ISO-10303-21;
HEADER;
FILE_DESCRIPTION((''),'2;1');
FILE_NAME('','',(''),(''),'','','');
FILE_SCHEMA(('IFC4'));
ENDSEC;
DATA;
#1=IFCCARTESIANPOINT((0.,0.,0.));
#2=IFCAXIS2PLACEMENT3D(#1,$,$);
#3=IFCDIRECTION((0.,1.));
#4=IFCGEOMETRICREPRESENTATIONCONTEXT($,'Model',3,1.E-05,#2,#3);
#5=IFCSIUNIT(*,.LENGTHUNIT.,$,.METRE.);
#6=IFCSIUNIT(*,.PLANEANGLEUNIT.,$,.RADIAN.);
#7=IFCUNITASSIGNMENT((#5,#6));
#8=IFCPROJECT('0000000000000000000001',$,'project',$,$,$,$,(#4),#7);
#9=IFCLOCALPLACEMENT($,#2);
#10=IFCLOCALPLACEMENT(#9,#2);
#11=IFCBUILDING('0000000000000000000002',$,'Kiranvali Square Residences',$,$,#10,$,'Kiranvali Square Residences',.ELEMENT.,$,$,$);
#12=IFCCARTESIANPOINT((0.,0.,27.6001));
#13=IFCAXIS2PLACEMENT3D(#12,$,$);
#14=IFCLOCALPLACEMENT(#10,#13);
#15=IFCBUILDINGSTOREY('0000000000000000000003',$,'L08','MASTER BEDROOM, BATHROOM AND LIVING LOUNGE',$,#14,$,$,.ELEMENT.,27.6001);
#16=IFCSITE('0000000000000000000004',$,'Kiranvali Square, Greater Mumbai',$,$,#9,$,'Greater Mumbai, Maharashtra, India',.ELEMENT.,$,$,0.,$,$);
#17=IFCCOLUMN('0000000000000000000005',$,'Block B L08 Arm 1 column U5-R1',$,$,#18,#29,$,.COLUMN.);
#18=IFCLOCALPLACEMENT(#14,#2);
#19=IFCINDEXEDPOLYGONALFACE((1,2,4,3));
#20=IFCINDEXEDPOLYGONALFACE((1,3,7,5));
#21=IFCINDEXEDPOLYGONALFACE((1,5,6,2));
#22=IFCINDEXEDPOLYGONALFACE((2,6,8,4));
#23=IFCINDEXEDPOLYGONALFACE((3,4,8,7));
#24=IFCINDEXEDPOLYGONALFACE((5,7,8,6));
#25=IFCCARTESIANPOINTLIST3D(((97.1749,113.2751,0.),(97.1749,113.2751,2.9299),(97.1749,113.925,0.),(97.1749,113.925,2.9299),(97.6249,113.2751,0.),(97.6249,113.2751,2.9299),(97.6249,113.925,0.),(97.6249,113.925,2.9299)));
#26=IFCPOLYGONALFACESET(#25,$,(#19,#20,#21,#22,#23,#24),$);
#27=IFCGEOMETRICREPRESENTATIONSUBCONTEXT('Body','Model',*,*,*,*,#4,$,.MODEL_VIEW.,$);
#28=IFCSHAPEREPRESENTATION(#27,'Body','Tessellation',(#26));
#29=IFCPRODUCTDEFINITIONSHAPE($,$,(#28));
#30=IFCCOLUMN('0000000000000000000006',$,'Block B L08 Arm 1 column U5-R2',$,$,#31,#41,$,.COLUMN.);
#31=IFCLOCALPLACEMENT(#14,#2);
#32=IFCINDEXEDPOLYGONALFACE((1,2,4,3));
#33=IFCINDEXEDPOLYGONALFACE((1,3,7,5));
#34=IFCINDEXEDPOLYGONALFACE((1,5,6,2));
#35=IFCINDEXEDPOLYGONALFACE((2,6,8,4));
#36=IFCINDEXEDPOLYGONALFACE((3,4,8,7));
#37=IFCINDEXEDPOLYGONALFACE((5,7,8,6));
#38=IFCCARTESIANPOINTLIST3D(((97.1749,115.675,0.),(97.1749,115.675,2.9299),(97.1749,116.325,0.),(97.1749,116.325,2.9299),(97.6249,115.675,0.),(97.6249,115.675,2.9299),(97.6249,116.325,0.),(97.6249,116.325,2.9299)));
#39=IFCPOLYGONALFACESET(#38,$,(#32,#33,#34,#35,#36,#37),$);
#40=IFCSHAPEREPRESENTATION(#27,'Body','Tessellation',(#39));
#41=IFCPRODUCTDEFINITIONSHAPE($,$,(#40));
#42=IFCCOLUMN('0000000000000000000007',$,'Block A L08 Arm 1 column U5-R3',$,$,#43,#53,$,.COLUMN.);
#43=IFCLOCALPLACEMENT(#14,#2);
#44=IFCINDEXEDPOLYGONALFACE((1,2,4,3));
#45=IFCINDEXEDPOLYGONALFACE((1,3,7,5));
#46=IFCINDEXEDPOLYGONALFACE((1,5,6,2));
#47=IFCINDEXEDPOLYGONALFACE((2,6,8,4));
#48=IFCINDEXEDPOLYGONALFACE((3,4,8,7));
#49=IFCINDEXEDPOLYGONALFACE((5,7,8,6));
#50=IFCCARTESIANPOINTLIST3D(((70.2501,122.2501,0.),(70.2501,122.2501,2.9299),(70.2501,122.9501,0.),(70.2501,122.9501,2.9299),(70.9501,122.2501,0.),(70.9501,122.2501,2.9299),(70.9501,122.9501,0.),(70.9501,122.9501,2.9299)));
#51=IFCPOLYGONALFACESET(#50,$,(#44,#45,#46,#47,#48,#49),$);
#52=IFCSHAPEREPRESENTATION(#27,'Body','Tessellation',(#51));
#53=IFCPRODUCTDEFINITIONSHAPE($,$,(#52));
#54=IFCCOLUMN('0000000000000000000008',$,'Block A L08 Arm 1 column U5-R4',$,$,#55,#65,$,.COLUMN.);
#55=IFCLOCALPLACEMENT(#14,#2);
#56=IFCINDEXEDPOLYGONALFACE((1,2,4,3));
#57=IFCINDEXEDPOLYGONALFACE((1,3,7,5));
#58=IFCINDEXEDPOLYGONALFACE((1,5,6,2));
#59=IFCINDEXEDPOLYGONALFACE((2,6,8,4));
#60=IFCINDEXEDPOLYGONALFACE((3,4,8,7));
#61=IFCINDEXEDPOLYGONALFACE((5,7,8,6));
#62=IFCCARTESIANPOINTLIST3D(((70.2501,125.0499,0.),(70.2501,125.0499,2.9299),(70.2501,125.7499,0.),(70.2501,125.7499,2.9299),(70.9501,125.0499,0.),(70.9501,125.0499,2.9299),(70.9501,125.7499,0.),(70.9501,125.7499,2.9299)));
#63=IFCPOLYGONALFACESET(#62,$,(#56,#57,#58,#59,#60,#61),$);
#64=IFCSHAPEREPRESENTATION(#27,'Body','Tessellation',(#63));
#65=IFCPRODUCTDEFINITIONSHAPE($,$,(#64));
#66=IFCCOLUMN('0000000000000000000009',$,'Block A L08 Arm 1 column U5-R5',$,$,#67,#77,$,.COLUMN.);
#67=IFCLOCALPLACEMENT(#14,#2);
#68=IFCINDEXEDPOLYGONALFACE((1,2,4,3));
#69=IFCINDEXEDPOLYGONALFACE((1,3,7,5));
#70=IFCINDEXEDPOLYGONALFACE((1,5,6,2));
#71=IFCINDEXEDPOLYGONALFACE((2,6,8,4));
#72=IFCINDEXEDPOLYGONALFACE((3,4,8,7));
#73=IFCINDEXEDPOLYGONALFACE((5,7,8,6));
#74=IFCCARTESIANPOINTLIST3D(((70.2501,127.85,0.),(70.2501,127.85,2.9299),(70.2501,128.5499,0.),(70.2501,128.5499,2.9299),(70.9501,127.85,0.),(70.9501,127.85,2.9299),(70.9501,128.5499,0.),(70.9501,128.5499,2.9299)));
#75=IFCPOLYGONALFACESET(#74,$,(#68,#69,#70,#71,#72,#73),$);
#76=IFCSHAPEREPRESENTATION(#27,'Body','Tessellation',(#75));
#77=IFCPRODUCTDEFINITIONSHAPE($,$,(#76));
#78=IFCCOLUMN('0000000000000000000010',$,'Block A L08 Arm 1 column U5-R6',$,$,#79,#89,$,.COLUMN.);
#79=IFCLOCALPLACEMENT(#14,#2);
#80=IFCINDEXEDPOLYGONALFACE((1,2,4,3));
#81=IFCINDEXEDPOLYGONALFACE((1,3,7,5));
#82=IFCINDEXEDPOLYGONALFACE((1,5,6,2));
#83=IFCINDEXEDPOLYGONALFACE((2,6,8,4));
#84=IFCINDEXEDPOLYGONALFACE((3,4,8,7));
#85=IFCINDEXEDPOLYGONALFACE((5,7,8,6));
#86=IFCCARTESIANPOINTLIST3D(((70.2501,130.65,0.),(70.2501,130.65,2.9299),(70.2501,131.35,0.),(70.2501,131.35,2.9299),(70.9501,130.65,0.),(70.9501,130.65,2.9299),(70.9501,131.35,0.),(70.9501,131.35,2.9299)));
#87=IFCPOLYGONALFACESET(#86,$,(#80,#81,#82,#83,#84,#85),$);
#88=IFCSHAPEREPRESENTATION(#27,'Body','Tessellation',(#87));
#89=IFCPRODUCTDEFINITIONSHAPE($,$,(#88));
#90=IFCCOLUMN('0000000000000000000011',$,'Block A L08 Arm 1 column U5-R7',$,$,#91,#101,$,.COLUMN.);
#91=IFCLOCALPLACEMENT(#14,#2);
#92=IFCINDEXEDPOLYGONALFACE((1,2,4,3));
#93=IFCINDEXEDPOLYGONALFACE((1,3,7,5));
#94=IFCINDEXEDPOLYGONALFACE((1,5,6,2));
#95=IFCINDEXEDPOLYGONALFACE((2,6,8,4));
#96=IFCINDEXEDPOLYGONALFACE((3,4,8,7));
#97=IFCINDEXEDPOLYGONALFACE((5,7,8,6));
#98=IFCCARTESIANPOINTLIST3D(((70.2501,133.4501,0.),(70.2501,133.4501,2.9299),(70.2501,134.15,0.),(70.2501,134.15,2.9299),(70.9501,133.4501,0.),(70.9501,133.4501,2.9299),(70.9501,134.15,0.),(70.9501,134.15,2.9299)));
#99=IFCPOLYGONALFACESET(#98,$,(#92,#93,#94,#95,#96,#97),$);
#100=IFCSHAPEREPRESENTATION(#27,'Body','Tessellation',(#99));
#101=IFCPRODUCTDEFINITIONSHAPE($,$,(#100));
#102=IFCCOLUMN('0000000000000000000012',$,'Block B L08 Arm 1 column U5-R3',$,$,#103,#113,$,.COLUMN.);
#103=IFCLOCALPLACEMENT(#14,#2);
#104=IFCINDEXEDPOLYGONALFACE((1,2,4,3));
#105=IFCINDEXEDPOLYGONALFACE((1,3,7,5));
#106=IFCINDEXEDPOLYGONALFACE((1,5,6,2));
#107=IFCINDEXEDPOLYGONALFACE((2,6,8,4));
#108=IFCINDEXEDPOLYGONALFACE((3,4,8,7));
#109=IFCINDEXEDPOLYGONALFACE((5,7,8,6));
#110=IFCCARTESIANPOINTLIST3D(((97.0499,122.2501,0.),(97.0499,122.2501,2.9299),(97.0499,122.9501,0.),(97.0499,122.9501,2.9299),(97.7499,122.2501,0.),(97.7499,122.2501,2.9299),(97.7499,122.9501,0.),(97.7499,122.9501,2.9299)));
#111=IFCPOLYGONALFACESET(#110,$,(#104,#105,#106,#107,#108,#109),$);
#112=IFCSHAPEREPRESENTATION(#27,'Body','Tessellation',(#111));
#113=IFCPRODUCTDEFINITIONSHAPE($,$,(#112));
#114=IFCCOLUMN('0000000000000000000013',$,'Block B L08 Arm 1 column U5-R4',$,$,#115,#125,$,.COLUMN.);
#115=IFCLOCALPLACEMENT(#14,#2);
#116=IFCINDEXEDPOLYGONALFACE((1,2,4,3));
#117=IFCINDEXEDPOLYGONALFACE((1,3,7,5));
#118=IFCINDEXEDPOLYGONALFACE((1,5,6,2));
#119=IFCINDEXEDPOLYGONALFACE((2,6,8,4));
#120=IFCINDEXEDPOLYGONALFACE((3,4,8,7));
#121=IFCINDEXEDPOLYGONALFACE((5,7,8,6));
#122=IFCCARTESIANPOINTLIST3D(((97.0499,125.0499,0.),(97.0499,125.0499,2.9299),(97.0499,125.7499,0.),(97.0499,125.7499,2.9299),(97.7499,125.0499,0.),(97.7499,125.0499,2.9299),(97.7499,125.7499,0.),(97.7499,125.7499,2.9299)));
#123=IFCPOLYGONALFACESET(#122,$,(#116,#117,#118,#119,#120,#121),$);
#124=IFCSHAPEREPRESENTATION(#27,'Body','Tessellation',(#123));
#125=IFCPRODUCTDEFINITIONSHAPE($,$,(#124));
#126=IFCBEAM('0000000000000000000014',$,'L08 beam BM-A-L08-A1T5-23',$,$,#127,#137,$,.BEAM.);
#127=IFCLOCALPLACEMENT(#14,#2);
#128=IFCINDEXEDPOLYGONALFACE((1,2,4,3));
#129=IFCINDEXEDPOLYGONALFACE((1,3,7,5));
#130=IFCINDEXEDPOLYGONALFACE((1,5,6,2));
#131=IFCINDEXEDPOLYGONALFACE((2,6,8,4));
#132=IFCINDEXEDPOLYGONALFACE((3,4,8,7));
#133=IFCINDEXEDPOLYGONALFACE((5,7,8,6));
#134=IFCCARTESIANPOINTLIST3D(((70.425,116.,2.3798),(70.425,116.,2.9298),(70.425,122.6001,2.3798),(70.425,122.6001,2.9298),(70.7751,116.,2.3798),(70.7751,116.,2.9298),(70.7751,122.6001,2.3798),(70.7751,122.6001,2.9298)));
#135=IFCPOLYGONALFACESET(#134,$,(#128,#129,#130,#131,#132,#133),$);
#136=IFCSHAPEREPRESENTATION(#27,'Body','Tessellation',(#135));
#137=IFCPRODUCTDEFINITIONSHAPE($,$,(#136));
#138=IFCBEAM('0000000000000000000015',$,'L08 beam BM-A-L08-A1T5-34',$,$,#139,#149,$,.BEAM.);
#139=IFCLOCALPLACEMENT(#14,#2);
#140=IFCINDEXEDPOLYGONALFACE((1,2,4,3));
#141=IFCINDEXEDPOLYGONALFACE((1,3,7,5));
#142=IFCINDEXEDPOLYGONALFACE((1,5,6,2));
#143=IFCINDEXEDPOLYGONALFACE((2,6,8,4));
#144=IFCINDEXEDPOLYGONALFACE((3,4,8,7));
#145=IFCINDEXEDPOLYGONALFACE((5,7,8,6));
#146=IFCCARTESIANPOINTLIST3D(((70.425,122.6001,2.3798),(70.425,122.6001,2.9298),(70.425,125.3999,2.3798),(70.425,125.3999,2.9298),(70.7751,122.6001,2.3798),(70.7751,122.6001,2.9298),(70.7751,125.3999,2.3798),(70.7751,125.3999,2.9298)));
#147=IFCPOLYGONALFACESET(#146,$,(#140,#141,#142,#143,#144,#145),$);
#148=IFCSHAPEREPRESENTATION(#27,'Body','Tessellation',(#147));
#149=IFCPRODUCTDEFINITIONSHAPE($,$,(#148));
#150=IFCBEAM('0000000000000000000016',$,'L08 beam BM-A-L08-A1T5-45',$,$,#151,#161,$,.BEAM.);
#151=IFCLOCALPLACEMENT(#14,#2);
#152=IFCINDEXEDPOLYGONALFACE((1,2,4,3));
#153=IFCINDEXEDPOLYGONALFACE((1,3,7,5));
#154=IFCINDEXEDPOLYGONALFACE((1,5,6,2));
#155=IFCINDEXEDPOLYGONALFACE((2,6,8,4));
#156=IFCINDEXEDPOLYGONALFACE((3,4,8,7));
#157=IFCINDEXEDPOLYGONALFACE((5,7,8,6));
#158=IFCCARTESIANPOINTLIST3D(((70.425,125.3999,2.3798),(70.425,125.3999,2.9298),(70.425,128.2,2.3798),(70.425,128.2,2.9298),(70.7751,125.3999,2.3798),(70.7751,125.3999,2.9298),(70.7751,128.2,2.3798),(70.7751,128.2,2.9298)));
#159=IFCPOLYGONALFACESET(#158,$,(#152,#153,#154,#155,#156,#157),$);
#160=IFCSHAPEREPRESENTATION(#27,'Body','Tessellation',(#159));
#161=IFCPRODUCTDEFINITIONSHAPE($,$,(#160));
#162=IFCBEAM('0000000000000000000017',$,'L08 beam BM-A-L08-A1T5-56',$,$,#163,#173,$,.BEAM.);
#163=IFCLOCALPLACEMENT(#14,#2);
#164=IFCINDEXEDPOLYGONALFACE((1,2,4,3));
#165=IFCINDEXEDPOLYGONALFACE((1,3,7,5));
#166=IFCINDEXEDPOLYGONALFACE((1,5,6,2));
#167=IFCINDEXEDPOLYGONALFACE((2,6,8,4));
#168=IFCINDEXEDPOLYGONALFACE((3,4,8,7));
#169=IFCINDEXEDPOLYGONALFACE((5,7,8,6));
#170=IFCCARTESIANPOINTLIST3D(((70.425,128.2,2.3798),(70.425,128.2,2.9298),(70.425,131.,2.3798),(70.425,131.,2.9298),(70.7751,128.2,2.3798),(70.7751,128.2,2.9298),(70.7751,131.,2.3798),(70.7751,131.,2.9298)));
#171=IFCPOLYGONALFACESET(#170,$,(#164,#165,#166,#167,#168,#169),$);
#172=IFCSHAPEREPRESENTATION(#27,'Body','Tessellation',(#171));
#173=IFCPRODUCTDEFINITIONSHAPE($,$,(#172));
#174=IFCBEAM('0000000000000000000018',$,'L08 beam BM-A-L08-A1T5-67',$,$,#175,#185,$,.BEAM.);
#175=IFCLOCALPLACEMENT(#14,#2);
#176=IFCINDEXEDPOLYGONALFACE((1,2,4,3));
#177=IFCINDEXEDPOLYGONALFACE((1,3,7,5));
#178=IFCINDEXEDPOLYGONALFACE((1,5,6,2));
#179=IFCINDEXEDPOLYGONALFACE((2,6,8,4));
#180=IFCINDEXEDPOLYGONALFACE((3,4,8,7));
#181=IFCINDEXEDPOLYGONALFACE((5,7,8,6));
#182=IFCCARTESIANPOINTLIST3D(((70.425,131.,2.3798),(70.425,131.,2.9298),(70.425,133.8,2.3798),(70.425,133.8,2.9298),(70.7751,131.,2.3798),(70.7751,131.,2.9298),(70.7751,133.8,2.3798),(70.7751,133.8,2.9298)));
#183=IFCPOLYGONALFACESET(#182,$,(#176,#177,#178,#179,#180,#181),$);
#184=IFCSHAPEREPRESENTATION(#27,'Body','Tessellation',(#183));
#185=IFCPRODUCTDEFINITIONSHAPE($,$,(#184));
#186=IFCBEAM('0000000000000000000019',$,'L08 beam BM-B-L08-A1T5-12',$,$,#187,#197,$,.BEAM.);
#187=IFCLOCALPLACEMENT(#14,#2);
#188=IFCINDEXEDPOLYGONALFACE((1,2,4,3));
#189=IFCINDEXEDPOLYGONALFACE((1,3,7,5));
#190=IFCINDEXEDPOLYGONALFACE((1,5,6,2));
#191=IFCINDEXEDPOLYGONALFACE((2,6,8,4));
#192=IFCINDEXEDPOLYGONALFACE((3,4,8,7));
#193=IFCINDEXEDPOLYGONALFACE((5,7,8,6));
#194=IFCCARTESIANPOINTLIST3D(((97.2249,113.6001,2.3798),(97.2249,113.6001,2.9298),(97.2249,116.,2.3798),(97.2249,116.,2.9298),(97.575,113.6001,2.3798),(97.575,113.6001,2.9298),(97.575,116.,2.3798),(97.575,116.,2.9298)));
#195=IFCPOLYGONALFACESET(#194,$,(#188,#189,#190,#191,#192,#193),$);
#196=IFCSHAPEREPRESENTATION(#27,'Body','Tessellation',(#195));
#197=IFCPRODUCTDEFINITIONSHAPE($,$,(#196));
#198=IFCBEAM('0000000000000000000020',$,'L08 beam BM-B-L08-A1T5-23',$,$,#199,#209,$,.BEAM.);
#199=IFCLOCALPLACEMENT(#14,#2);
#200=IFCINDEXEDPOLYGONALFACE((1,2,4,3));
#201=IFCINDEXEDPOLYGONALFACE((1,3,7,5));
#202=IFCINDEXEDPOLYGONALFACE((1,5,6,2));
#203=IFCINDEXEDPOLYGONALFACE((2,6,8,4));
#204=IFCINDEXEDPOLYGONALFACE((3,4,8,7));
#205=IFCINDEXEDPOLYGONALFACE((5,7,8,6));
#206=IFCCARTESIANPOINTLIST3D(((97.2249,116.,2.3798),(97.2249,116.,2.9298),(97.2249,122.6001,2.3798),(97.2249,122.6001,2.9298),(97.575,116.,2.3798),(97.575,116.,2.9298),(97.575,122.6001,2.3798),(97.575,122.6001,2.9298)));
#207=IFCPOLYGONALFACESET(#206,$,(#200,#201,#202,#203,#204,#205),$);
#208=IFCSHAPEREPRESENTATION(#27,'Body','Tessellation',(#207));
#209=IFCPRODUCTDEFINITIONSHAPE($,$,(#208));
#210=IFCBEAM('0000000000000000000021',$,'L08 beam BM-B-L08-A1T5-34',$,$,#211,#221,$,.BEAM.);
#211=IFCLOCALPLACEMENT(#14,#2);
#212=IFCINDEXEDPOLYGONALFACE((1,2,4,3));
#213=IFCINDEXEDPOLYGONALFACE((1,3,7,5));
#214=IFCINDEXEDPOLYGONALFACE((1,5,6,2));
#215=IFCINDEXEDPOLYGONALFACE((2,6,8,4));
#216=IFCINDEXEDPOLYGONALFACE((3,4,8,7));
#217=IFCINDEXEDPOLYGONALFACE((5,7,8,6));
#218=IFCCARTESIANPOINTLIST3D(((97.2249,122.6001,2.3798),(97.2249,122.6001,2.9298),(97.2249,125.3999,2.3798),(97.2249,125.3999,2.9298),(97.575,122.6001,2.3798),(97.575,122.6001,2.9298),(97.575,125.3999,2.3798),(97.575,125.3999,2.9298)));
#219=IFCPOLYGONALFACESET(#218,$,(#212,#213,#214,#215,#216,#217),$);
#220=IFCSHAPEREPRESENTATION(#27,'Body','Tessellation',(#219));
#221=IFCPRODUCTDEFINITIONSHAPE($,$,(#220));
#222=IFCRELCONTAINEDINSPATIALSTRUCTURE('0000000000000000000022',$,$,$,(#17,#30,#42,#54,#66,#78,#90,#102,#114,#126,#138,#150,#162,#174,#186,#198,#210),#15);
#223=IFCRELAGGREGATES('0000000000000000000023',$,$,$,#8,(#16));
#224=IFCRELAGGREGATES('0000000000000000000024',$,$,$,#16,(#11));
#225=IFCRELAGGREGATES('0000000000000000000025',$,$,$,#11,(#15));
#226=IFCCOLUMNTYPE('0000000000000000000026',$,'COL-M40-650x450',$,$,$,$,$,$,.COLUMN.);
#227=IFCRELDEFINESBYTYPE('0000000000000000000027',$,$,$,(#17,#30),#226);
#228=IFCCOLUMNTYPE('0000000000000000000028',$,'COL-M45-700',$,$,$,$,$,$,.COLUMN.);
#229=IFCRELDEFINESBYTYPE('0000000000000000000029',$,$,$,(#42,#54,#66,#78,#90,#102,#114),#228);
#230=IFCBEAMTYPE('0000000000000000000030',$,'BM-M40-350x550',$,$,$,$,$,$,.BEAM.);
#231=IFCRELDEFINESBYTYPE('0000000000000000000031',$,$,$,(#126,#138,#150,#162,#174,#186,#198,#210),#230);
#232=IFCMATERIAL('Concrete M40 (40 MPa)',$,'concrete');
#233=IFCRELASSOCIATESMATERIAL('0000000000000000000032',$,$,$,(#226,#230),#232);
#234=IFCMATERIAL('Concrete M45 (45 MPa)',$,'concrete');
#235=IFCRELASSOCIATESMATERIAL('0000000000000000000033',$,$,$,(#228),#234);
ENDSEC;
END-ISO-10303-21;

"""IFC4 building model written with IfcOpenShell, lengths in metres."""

from ifc_helpers import new_model, si_unit, direction, frame, origin, origin_2d, place, context, subcontext, project, spatial, rectangle, extrude, material, material_profile, profile_set, type_object, element, save


model = new_model("IFC4")

# Units and contexts
model_context = context("Model", 3, precision=1e-05, world=origin(), true_north=direction((0.0, 1.0)))
body_context = subcontext(model_context, "Body", "Model", "MODEL_VIEW")
ifc_project = project(units=[si_unit("LENGTHUNIT", "METRE"), si_unit("PLANEANGLEUNIT", "RADIAN")], contexts=[model_context])

# Site, building, storey
site_placement = place(None, origin())
site = spatial("IfcSite", under=ifc_project, at=site_placement, Name="Kiranvali Square, Greater Mumbai", LongName="Greater Mumbai, Maharashtra, India", CompositionType="ELEMENT", RefElevation=0.0)
building_placement = place(site_placement, origin())
building = spatial("IfcBuilding", under=site, at=building_placement, Name="Kiranvali Square Residences", LongName="Kiranvali Square Residences", CompositionType="ELEMENT")
storey_placement = place(building_placement, frame((0.0, 0.0, 27.6001)))
storey = spatial("IfcBuildingStorey", under=building, at=storey_placement, Name="L08", Description="MASTER BEDROOM, BATHROOM AND LIVING LOUNGE", CompositionType="ELEMENT", Elevation=27.6001)

# Columns
ifc_material_1 = material(Name="Concrete M40 (40 MPa)", Category="concrete")
ifc_material_profile_1 = material_profile(ifc_material_1, rectangle(XDim=0.45, YDim=0.6499, at=origin_2d()), Name="RC 650x450")
ifc_profile_set_1 = profile_set([ifc_material_profile_1], Name="Concrete M40 (40 MPa)")
column_type_1 = type_object("IfcColumnType", Name="COL-M40-650x450", PredefinedType="COLUMN", material=ifc_profile_set_1)
for number, where, z_axis, x_axis, name in (
    (1, (97.3999, 113.6001, 0.0), (0.0, 0.0, 1.0), (1.0, 0.0, 0.0), "Block B L08 Arm 1 column U5-R1"),
    (2, (97.3999, 116.0, 0.0), (0.0, 0.0, 1.0), (1.0, 0.0, 0.0), "Block B L08 Arm 1 column U5-R2"),
):
    element("IfcColumn", number, at=place(storey_placement, frame(where, z_axis=z_axis, x_axis=x_axis)), inside=storey, type_object=column_type_1, Name=name, PredefinedType="COLUMN", context=body_context, shape_type="SweptSolid", body=[
        extrude(rectangle(XDim=0.45, YDim=0.6499, at=origin_2d()), origin(), (0.0, 0.0, 1.0), 2.9299),
    ])
ifc_material_2 = material(Name="Concrete M45 (45 MPa)", Category="concrete")
ifc_material_profile_2 = material_profile(ifc_material_2, rectangle(XDim=0.7, YDim=0.7, at=origin_2d()), Name="RC 700x700")
ifc_profile_set_2 = profile_set([ifc_material_profile_2], Name="Concrete M45 (45 MPa)")
column_type_2 = type_object("IfcColumnType", Name="COL-M45-700", PredefinedType="COLUMN", material=ifc_profile_set_2)
for number, where, z_axis, x_axis, name in (
    (3, (70.6001, 122.6001, 0.0), (0.0, 0.0, 1.0), (1.0, 0.0, 0.0), "Block A L08 Arm 1 column U5-R3"),
    (4, (70.6001, 125.3999, 0.0), (0.0, 0.0, 1.0), (1.0, 0.0, 0.0), "Block A L08 Arm 1 column U5-R4"),
    (5, (70.6001, 128.2, 0.0), (0.0, 0.0, 1.0), (1.0, 0.0, 0.0), "Block A L08 Arm 1 column U5-R5"),
    (6, (70.6001, 131.0, 0.0), (0.0, 0.0, 1.0), (1.0, 0.0, 0.0), "Block A L08 Arm 1 column U5-R6"),
    (7, (70.6001, 133.8, 0.0), (0.0, 0.0, 1.0), (1.0, 0.0, 0.0), "Block A L08 Arm 1 column U5-R7"),
    (8, (97.3999, 122.6001, 0.0), (0.0, 0.0, 1.0), (1.0, 0.0, 0.0), "Block B L08 Arm 1 column U5-R3"),
    (9, (97.3999, 125.3999, 0.0), (0.0, 0.0, 1.0), (1.0, 0.0, 0.0), "Block B L08 Arm 1 column U5-R4"),
):
    element("IfcColumn", number, at=place(storey_placement, frame(where, z_axis=z_axis, x_axis=x_axis)), inside=storey, type_object=column_type_2, Name=name, PredefinedType="COLUMN", context=body_context, shape_type="SweptSolid", body=[
        extrude(rectangle(XDim=0.7, YDim=0.7, at=origin_2d()), origin(), (0.0, 0.0, 1.0), 2.9299),
    ])

# Beams
ifc_material_profile_3 = material_profile(ifc_material_1, rectangle(XDim=0.3501, YDim=0.55, at=origin_2d()), Name="RC 350x550")
ifc_profile_set_3 = profile_set([ifc_material_profile_3], Name="Concrete M40 (40 MPa)")
beam_type = type_object("IfcBeamType", Name="BM-M40-350x550", PredefinedType="BEAM", material=ifc_profile_set_3)
beam_1_placement = place(storey_placement, frame((70.6001, 116.0, 2.6548), z_axis=(0.0, 1.0, 0.0), x_axis=(-1.0, 0.0, 0.0)))
element("IfcBeam", 10, at=beam_1_placement, inside=storey, type_object=beam_type, Name="L08 beam BM-A-L08-A1T5-23", PredefinedType="BEAM", context=body_context, shape_type="SweptSolid", body=[
    extrude(rectangle(XDim=0.3501, YDim=0.55, at=origin_2d()), origin(), (0.0, 0.0, 1.0), 6.6001),
])
beam_2_placement = place(storey_placement, frame((70.6001, 122.6001, 2.6548), z_axis=(0.0, 1.0, 0.0), x_axis=(-1.0, 0.0, 0.0)))
element("IfcBeam", 11, at=beam_2_placement, inside=storey, type_object=beam_type, Name="L08 beam BM-A-L08-A1T5-34", PredefinedType="BEAM", context=body_context, shape_type="SweptSolid", body=[
    extrude(rectangle(XDim=0.3501, YDim=0.55, at=origin_2d()), origin(), (0.0, 0.0, 1.0), 2.7998),
])
for number, where, z_axis, x_axis, name in (
    (12, (70.6001, 125.3999, 2.6548), (0.0, 1.0, 0.0), (-1.0, 0.0, 0.0), "L08 beam BM-A-L08-A1T5-45"),
    (13, (70.6001, 128.2, 2.6548), (0.0, 1.0, 0.0), (-1.0, 0.0, 0.0), "L08 beam BM-A-L08-A1T5-56"),
    (14, (70.6001, 131.0, 2.6548), (0.0, 1.0, 0.0), (-1.0, 0.0, 0.0), "L08 beam BM-A-L08-A1T5-67"),
):
    element("IfcBeam", number, at=place(storey_placement, frame(where, z_axis=z_axis, x_axis=x_axis)), inside=storey, type_object=beam_type, Name=name, PredefinedType="BEAM", context=body_context, shape_type="SweptSolid", body=[
        extrude(rectangle(XDim=0.3501, YDim=0.55, at=origin_2d()), origin(), (0.0, 0.0, 1.0), 2.8),
    ])
beam_3_placement = place(storey_placement, frame((97.3999, 113.6001, 2.6548), z_axis=(0.0, 1.0, 0.0), x_axis=(-1.0, 0.0, 0.0)))
element("IfcBeam", 15, at=beam_3_placement, inside=storey, type_object=beam_type, Name="L08 beam BM-B-L08-A1T5-12", PredefinedType="BEAM", context=body_context, shape_type="SweptSolid", body=[
    extrude(rectangle(XDim=0.3501, YDim=0.55, at=origin_2d()), origin(), (0.0, 0.0, 1.0), 2.3999),
])
beam_4_placement = place(storey_placement, frame((97.3999, 116.0, 2.6548), z_axis=(0.0, 1.0, 0.0), x_axis=(-1.0, 0.0, 0.0)))
element("IfcBeam", 16, at=beam_4_placement, inside=storey, type_object=beam_type, Name="L08 beam BM-B-L08-A1T5-23", PredefinedType="BEAM", context=body_context, shape_type="SweptSolid", body=[
    extrude(rectangle(XDim=0.3501, YDim=0.55, at=origin_2d()), origin(), (0.0, 0.0, 1.0), 6.6001),
])
beam_5_placement = place(storey_placement, frame((97.3999, 122.6001, 2.6548), z_axis=(0.0, 1.0, 0.0), x_axis=(-1.0, 0.0, 0.0)))
element("IfcBeam", 17, at=beam_5_placement, inside=storey, type_object=beam_type, Name="L08 beam BM-B-L08-A1T5-34", PredefinedType="BEAM", context=body_context, shape_type="SweptSolid", body=[
    extrude(rectangle(XDim=0.3501, YDim=0.55, at=origin_2d()), origin(), (0.0, 0.0, 1.0), 2.7998),
])

save(model, "model.ifc")
